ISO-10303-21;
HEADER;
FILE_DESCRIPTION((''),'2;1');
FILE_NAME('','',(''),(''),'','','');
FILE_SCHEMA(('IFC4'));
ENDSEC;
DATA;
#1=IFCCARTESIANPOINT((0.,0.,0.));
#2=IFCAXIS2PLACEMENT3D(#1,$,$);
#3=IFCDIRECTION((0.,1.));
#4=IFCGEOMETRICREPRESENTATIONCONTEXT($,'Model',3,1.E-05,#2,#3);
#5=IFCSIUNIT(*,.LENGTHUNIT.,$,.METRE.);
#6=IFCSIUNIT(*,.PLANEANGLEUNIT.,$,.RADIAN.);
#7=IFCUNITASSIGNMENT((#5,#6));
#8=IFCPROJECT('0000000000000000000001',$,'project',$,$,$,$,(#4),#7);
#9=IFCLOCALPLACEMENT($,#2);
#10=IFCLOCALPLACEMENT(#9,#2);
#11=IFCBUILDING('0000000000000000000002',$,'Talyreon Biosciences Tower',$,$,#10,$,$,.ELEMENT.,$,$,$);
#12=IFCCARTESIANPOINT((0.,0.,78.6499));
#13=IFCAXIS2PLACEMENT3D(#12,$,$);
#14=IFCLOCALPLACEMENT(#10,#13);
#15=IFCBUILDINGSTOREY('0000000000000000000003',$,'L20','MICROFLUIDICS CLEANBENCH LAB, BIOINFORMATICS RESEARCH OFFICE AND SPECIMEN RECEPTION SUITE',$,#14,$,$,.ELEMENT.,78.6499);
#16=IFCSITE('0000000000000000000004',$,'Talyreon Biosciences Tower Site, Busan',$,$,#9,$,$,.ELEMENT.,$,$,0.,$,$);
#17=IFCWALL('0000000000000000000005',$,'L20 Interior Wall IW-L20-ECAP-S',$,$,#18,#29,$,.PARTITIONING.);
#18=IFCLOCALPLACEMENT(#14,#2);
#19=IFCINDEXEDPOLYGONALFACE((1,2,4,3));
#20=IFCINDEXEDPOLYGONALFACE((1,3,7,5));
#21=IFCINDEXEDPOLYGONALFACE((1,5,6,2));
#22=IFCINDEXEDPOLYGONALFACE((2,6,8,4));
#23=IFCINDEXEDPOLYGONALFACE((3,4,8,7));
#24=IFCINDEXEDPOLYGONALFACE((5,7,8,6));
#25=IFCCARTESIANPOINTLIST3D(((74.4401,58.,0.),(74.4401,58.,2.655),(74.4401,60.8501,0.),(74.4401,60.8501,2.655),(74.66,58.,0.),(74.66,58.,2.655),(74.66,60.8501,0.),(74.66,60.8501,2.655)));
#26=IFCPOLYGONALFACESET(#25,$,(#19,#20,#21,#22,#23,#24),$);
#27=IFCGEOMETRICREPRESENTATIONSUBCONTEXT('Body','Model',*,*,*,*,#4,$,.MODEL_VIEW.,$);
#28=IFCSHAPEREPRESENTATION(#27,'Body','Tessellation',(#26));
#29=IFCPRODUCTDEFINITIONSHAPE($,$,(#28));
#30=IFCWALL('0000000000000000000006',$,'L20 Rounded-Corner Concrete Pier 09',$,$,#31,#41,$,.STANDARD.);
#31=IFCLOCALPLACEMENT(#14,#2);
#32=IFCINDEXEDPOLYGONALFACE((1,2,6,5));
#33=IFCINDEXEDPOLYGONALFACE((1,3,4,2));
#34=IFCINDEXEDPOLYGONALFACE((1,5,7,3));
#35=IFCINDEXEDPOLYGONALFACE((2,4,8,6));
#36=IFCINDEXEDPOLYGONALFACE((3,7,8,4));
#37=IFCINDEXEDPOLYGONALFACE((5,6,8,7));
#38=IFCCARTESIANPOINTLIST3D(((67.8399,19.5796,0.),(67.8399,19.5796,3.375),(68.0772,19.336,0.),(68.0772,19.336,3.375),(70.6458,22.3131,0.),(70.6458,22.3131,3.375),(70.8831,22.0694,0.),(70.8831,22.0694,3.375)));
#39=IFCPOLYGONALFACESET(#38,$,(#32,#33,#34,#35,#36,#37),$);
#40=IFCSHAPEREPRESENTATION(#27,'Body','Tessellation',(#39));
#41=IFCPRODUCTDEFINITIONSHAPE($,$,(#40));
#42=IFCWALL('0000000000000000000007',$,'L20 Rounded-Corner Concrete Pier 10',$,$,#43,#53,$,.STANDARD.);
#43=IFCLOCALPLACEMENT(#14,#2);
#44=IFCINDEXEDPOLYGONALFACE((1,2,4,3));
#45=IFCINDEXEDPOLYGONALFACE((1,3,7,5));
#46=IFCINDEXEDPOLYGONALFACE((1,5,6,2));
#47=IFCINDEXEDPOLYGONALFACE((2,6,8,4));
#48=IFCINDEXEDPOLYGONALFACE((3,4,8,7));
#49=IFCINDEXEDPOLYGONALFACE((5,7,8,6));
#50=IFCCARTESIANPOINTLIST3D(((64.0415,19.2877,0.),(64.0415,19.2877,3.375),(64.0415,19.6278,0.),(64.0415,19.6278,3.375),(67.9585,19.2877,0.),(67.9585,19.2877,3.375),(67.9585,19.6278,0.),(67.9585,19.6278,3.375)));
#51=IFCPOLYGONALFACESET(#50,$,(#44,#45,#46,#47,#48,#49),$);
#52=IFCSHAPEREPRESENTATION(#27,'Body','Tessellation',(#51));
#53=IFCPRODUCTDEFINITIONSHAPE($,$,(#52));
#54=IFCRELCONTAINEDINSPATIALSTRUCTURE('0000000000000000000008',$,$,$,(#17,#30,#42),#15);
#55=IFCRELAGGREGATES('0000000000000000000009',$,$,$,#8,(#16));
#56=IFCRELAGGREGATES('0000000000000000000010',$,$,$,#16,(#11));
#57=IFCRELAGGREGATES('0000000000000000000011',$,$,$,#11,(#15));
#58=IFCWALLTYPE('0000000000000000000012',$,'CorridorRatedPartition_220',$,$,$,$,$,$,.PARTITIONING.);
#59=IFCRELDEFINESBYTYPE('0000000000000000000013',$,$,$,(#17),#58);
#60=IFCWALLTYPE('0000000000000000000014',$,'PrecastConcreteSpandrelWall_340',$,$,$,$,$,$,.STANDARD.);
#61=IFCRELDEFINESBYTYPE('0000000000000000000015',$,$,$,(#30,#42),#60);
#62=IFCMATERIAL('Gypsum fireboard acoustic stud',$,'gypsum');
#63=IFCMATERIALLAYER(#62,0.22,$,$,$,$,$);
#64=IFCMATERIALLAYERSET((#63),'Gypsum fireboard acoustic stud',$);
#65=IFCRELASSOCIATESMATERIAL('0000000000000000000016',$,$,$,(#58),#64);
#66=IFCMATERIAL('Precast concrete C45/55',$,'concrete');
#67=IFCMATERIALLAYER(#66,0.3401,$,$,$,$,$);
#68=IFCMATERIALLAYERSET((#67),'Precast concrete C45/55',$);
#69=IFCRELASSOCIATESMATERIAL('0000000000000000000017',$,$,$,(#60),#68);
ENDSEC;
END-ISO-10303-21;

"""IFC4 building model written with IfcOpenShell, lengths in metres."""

from ifc_helpers import new_model, si_unit, direction, frame, frame_2d, origin, place, context, subcontext, project, spatial, rectangle, extrude, material, layer, layer_set, type_object, element, save


model = new_model("IFC4")

# Units and contexts
model_context = context("Model", 3, precision=1e-05, world=origin(), true_north=direction((0.0, 1.0)))
body_context = subcontext(model_context, "Body", "Model", "MODEL_VIEW")
ifc_project = project(units=[si_unit("LENGTHUNIT", "METRE"), si_unit("PLANEANGLEUNIT", "RADIAN")], contexts=[model_context])

# Site, building, storey
site_placement = place(None, origin())
site = spatial("IfcSite", under=ifc_project, at=site_placement, Name="Talyreon Biosciences Tower Site, Busan", CompositionType="ELEMENT", RefElevation=0.0)
building_placement = place(site_placement, origin())
building = spatial("IfcBuilding", under=site, at=building_placement, Name="Talyreon Biosciences Tower", CompositionType="ELEMENT")
storey_placement = place(building_placement, frame((0.0, 0.0, 78.6499)))
storey = spatial("IfcBuildingStorey", under=building, at=storey_placement, Name="L20", Description="MICROFLUIDICS CLEANBENCH LAB, BIOINFORMATICS RESEARCH OFFICE AND SPECIMEN RECEPTION SUITE", CompositionType="ELEMENT", Elevation=78.6499)

# Shared definitions
ifc_material_1 = material(Name="Precast concrete C45/55", Category="concrete")

# Walls
ifc_material_2 = material(Name="Gypsum fireboard acoustic stud", Category="gypsum")
ifc_layer_1 = layer(ifc_material_2, 0.22)
ifc_layer_set_1 = layer_set([ifc_layer_1], Name="Gypsum fireboard acoustic stud")
wall_type_1 = type_object("IfcWallType", Name="CorridorRatedPartition_220", PredefinedType="PARTITIONING", material=ifc_layer_set_1)
wall_1_placement = place(storey_placement, frame((74.55, 58.0, 0.0), z_axis=(0.0, 0.0, 1.0), x_axis=(0.0, 1.0, 0.0)))
element("IfcWall", 1, at=wall_1_placement, inside=storey, type_object=wall_type_1, Name="L20 Interior Wall IW-L20-ECAP-S", PredefinedType="PARTITIONING", context=body_context, shape_type="SweptSolid", body=[
    extrude(rectangle(XDim=2.8501, YDim=0.22, at=frame_2d((1.425, 0.0))), origin(), (0.0, 0.0, 1.0), 2.655),
])
ifc_layer_2 = layer(ifc_material_1, 0.3401)
ifc_layer_set_2 = layer_set([ifc_layer_2], Name="Precast concrete C45/55")
wall_type_2 = type_object("IfcWallType", Name="PrecastConcreteSpandrelWall_340", PredefinedType="STANDARD", material=ifc_layer_set_2)
wall_2_placement = place(storey_placement, frame((70.7644, 22.1912, 0.0), z_axis=(0.0, 0.0, 1.0), x_axis=(-0.716301, -0.697791, 0.0)))
element("IfcWall", 2, at=wall_2_placement, inside=storey, type_object=wall_type_2, Name="L20 Rounded-Corner Concrete Pier 09", PredefinedType="STANDARD", context=body_context, shape_type="SweptSolid", body=[
    extrude(rectangle(XDim=3.9172, YDim=0.3401, at=frame_2d((1.9585, 0.0))), origin(), (0.0, 0.0, 1.0), 3.375),
])
wall_3_placement = place(storey_placement, frame((67.9585, 19.4578, 0.0), z_axis=(0.0, 0.0, 1.0), x_axis=(-1.0, 0.0, 0.0)))
element("IfcWall", 3, at=wall_3_placement, inside=storey, type_object=wall_type_2, Name="L20 Rounded-Corner Concrete Pier 10", PredefinedType="STANDARD", context=body_context, shape_type="SweptSolid", body=[
    extrude(rectangle(XDim=3.917, YDim=0.3401, at=frame_2d((1.9585, 0.0))), origin(), (0.0, 0.0, 1.0), 3.375),
])

save(model, "model.ifc")
